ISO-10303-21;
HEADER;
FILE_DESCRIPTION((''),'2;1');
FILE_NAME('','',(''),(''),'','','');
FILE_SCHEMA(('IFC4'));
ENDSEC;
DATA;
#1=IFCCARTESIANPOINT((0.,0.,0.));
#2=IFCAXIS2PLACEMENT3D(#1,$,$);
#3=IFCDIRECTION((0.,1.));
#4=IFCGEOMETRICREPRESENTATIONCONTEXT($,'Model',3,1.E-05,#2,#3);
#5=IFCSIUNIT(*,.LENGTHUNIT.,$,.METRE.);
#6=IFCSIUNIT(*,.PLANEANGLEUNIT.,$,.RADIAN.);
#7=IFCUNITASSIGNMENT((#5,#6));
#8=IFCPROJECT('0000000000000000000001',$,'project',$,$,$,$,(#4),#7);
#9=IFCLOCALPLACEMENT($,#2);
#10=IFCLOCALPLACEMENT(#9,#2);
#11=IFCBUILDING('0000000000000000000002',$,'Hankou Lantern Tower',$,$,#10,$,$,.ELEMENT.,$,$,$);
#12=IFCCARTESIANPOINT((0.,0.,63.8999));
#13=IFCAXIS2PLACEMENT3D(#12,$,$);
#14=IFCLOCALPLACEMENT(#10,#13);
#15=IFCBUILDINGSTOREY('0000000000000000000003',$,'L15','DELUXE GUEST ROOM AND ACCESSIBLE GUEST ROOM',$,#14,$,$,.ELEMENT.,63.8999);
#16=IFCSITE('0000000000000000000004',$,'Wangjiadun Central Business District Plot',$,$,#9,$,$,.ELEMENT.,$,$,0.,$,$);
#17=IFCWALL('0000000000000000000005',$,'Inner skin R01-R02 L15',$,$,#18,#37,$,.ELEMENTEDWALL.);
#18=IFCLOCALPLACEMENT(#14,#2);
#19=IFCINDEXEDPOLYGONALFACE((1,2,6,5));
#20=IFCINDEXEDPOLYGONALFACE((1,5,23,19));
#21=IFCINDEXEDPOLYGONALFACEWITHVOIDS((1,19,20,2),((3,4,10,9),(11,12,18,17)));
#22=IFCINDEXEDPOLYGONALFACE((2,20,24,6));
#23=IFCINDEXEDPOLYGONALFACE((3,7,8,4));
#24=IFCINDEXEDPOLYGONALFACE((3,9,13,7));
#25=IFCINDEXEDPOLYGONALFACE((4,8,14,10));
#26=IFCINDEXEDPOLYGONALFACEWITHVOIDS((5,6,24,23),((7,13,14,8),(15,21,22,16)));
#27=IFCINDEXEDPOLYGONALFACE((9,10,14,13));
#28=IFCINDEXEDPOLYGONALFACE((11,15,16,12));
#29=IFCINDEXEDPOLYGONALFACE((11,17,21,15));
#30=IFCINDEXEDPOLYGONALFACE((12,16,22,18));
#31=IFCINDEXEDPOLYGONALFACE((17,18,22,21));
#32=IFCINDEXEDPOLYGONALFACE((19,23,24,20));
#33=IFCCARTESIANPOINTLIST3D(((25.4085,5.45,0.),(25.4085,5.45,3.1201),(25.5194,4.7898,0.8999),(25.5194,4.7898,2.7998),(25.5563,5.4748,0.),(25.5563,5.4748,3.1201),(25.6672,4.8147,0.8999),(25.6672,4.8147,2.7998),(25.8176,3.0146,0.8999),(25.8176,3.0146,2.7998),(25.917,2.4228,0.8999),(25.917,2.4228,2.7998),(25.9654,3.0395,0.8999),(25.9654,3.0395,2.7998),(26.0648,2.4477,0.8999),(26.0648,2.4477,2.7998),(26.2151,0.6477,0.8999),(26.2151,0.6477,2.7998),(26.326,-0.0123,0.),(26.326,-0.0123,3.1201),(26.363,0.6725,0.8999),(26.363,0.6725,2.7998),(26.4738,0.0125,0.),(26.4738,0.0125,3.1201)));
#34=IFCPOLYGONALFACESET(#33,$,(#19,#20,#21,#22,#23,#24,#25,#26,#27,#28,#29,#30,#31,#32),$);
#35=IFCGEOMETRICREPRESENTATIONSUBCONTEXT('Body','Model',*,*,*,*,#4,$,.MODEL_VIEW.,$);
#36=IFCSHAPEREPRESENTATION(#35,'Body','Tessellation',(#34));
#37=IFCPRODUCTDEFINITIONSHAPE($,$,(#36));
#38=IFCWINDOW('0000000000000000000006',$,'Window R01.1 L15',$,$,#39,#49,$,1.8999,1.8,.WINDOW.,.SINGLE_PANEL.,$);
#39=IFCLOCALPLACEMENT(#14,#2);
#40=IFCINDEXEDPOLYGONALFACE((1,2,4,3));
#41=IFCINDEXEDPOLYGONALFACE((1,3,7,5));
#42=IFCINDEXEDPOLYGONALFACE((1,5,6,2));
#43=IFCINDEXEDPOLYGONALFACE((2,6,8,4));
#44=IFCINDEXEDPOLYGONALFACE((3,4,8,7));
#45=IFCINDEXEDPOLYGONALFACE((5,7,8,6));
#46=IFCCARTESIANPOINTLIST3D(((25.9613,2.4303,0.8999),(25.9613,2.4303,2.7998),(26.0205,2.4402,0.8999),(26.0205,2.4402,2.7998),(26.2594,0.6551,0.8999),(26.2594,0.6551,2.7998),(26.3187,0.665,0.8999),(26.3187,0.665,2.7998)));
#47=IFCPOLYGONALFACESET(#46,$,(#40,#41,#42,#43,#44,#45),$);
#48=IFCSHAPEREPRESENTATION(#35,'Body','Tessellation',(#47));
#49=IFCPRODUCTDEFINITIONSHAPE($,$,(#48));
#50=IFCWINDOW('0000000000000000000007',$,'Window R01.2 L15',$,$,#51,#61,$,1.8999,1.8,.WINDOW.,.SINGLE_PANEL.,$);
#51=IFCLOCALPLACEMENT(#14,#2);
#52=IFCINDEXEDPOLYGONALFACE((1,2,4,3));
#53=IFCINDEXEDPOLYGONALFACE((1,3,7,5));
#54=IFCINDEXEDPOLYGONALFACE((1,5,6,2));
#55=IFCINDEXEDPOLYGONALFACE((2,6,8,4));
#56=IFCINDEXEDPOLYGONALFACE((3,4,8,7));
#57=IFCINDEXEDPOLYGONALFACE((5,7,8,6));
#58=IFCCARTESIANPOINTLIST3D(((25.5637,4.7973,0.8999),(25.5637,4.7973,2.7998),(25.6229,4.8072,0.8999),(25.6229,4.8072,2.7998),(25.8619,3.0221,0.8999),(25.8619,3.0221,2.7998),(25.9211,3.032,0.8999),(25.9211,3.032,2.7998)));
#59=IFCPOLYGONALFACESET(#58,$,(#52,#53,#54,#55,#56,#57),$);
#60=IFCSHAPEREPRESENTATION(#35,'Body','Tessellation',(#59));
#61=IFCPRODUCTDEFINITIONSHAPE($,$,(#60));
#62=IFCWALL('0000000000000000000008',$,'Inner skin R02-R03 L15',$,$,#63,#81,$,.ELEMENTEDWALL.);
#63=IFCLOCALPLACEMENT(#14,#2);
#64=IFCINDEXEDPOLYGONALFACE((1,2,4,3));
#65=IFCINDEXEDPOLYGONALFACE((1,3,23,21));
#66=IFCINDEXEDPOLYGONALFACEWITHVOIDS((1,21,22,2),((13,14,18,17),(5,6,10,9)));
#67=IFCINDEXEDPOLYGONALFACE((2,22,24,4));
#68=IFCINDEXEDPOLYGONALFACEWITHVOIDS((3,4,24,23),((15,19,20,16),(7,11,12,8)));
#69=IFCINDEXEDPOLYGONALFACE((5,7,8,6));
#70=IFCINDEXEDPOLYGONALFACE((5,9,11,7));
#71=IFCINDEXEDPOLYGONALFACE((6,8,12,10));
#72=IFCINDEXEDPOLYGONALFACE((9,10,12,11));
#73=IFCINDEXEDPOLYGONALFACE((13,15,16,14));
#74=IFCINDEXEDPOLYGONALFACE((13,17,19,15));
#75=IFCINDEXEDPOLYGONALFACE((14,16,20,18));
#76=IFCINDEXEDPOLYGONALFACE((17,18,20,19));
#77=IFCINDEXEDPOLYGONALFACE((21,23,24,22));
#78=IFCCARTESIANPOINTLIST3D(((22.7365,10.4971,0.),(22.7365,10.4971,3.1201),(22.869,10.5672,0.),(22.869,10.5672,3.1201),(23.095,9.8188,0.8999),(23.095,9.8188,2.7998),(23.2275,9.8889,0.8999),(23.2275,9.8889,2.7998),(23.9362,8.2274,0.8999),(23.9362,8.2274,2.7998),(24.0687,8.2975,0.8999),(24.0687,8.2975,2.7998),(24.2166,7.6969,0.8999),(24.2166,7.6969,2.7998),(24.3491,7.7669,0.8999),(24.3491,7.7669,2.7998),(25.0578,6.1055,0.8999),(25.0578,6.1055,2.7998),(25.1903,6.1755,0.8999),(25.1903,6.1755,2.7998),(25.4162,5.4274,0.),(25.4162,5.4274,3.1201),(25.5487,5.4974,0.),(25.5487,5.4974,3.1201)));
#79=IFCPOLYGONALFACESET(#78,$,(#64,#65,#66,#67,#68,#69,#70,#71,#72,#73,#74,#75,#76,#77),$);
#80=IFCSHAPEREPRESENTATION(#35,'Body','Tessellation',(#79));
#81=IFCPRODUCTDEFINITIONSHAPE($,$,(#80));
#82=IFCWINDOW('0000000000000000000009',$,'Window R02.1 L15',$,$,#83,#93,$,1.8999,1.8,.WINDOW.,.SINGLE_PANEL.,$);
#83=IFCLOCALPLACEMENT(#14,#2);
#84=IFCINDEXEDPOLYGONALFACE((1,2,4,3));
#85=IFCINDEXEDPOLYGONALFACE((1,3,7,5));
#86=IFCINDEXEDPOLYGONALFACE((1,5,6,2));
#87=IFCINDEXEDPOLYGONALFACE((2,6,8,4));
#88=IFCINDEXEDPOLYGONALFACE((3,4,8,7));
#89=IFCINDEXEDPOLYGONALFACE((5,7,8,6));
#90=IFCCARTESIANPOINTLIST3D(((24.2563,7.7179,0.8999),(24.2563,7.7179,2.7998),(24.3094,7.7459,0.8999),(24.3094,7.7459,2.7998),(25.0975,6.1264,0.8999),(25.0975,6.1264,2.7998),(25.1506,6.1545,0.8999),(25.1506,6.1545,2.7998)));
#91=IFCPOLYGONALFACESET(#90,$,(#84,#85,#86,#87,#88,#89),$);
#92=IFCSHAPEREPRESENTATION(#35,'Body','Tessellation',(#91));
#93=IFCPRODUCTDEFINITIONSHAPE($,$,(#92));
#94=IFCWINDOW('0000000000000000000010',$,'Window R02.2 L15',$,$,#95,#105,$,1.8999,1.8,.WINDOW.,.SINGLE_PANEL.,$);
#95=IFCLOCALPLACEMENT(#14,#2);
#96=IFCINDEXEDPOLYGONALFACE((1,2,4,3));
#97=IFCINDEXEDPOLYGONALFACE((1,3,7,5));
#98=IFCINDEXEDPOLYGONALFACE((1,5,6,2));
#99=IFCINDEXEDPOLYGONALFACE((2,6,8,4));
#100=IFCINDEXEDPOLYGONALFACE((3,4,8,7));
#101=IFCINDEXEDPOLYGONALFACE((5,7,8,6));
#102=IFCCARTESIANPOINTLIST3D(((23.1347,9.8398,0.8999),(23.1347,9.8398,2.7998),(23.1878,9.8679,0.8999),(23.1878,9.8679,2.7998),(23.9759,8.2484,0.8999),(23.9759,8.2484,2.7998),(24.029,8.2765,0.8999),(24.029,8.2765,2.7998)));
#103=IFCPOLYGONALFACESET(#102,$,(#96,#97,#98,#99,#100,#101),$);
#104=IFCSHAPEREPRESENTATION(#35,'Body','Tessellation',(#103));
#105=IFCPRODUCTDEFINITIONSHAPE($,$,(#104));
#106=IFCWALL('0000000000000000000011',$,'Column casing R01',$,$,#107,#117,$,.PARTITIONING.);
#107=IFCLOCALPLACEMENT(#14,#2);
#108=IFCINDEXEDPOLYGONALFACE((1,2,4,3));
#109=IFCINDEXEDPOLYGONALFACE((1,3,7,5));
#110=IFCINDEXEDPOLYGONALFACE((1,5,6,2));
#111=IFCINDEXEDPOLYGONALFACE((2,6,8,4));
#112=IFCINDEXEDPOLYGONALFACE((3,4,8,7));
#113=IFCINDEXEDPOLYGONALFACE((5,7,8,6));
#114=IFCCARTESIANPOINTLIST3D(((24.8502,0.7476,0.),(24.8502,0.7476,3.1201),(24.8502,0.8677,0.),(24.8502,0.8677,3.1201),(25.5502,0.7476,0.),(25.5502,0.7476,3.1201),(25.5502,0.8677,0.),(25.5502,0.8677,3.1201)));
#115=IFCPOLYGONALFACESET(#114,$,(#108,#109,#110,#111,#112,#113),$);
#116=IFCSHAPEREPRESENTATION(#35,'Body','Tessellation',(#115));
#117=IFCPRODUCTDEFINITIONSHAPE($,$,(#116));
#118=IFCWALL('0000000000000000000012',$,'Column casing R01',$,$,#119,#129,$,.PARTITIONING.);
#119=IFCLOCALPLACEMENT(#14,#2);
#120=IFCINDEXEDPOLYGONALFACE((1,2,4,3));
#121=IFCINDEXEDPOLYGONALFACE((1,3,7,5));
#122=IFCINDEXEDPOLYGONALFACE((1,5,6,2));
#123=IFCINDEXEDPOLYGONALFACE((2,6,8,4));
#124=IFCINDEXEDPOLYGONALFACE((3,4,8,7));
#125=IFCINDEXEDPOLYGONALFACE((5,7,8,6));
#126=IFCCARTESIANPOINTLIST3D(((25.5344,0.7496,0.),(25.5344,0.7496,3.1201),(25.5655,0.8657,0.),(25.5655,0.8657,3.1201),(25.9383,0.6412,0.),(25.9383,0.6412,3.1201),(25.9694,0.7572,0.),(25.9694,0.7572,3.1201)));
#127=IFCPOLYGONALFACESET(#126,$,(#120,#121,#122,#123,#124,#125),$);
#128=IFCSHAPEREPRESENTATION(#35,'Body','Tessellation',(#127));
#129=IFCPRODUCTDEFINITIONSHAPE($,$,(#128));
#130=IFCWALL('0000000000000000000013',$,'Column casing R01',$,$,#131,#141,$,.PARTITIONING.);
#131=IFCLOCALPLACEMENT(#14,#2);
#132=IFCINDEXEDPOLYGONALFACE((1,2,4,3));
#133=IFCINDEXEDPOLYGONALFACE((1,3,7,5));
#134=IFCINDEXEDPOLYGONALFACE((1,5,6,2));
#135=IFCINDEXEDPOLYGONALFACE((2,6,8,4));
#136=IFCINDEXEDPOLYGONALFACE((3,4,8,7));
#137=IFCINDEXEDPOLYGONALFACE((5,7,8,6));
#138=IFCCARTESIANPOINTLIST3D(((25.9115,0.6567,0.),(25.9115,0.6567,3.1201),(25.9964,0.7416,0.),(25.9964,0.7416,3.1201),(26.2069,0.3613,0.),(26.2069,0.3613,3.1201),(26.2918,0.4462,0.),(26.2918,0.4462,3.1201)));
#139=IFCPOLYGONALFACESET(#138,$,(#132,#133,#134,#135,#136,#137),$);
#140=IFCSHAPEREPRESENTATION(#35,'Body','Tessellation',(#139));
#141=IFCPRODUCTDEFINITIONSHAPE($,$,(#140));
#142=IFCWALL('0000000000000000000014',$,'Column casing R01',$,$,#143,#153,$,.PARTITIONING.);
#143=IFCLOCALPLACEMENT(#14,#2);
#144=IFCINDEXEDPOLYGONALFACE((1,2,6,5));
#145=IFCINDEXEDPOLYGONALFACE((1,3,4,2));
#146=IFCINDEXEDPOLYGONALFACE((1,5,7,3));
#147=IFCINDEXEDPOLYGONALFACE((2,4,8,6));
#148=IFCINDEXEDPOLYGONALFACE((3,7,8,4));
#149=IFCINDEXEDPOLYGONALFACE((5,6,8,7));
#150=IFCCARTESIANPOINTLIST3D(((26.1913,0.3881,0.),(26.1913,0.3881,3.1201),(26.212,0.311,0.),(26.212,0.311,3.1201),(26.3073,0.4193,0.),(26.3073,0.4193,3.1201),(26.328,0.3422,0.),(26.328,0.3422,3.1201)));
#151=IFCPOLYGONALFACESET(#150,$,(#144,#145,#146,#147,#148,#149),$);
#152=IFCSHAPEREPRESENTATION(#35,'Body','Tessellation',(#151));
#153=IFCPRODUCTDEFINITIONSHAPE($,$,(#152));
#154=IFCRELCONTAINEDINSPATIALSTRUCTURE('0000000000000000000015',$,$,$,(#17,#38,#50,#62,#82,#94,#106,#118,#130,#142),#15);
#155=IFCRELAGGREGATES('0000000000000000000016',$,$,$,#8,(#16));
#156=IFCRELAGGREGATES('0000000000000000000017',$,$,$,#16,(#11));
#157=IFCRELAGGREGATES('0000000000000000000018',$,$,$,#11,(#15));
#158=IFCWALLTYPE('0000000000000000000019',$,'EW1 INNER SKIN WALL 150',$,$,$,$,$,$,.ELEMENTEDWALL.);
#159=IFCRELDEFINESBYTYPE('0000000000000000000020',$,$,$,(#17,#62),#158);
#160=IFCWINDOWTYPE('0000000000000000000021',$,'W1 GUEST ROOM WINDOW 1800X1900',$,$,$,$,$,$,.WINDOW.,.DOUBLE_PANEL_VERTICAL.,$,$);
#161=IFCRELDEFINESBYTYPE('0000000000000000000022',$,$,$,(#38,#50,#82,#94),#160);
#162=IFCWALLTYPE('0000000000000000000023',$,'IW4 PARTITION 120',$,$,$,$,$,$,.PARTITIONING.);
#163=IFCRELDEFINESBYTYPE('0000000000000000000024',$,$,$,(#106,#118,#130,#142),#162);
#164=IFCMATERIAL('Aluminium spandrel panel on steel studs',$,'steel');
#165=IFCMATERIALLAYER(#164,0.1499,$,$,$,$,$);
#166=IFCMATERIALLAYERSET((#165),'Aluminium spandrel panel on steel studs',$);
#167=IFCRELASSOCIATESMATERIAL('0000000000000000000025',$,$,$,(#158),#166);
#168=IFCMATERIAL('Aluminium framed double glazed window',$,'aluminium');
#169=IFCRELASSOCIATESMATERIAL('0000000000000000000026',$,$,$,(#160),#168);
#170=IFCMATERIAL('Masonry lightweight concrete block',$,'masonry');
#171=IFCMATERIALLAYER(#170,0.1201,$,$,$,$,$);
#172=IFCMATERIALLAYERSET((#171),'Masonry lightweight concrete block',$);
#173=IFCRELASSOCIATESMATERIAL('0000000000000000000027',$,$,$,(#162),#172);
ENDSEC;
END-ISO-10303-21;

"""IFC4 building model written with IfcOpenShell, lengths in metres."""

from ifc_helpers import new_model, si_unit, direction, frame, frame_2d, origin, place, context, subcontext, project, spatial, rectangle, extrude, material, layer, layer_set, type_object, element, fill, save


model = new_model("IFC4")

# Units and contexts
model_context = context("Model", 3, precision=1e-05, world=origin(), true_north=direction((0.0, 1.0)))
body_context = subcontext(model_context, "Body", "Model", "MODEL_VIEW")
ifc_project = project(units=[si_unit("LENGTHUNIT", "METRE"), si_unit("PLANEANGLEUNIT", "RADIAN")], contexts=[model_context])

# Site, building, storey
site_placement = place(None, origin())
site = spatial("IfcSite", under=ifc_project, at=site_placement, Name="Wangjiadun Central Business District Plot", CompositionType="ELEMENT", RefElevation=0.0)
building_placement = place(site_placement, origin())
building = spatial("IfcBuilding", under=site, at=building_placement, Name="Hankou Lantern Tower", CompositionType="ELEMENT")
storey_placement = place(building_placement, frame((0.0, 0.0, 63.8999)))
storey = spatial("IfcBuildingStorey", under=building, at=storey_placement, Name="L15", Description="DELUXE GUEST ROOM AND ACCESSIBLE GUEST ROOM", CompositionType="ELEMENT", Elevation=63.8999)

# Walls, openings, windows
ifc_material_1 = material(Name="Aluminium spandrel panel on steel studs", Category="steel")
ifc_layer_1 = layer(ifc_material_1, 0.1499)
ifc_layer_set_1 = layer_set([ifc_layer_1], Name="Aluminium spandrel panel on steel studs")
wall_type_1 = type_object("IfcWallType", Name="EW1 INNER SKIN WALL 150", PredefinedType="ELEMENTEDWALL", material=ifc_layer_set_1)
wall_1_placement = place(storey_placement, frame((26.3999, 0.0, 0.0), z_axis=(0.0, 0.0, 1.0), x_axis=(-0.165643, 0.986186, 0.0)))
wall_1 = element("IfcWall", 1, at=wall_1_placement, inside=storey, type_object=wall_type_1, Name="Inner skin R01-R02 L15", PredefinedType="ELEMENTEDWALL", context=body_context, shape_type="SweptSolid", body=[
    extrude(rectangle(XDim=5.5388, YDim=0.1499, at=frame_2d((2.7695, 0.0))), origin(), (0.0, 0.0, 1.0), 3.1201),
])
opening_1_placement = place(wall_1_placement, frame((0.6694, 0.0, 0.8999)))
opening_1 = element("IfcOpeningElement", 2, at=opening_1_placement, cuts=wall_1, PredefinedType="OPENING", context=body_context, shape_type="SweptSolid", body=[
    extrude(rectangle(XDim=1.8, YDim=1.8999, at=frame_2d((0.8999, 0.95))), frame((0.0, 0.085, 0.0), z_axis=(0.0, -1.0, 0.0), x_axis=(1.0, 0.0, 0.0)), (0.0, 0.0, 1.0), 0.1699),
])
opening_2_placement = place(wall_1_placement, frame((3.0696, 0.0, 0.8999)))
opening_2 = element("IfcOpeningElement", 3, at=opening_2_placement, cuts=wall_1, PredefinedType="OPENING", context=body_context, shape_type="SweptSolid", body=[
    extrude(rectangle(XDim=1.8, YDim=1.8999, at=frame_2d((0.8999, 0.95))), frame((0.0, 0.085, 0.0), z_axis=(0.0, -1.0, 0.0), x_axis=(1.0, 0.0, 0.0)), (0.0, 0.0, 1.0), 0.1699),
])
ifc_material_2 = material(Name="Aluminium framed double glazed window", Category="aluminium")
window_type = type_object("IfcWindowType", Name="W1 GUEST ROOM WINDOW 1800X1900", PartitioningType="DOUBLE_PANEL_VERTICAL", PredefinedType="WINDOW", material=ifc_material_2)
window_1_placement = place(opening_1_placement, origin())
window_1 = element("IfcWindow", 4, at=window_1_placement, inside=storey, type_object=window_type, Name="Window R01.1 L15", OverallHeight=1.8999, OverallWidth=1.8, PartitioningType="SINGLE_PANEL", PredefinedType="WINDOW", context=body_context, shape_type="SweptSolid", body=[
    extrude(rectangle(XDim=1.8, YDim=1.8999, at=frame_2d((0.8999, 0.95))), frame((0.0, 0.03, 0.0), z_axis=(0.0, -1.0, 0.0), x_axis=(1.0, 0.0, 0.0)), (0.0, 0.0, 1.0), 0.0601),
])
fill(opening_1, window_1)
window_2_placement = place(opening_2_placement, origin())
window_2 = element("IfcWindow", 5, at=window_2_placement, inside=storey, type_object=window_type, Name="Window R01.2 L15", OverallHeight=1.8999, OverallWidth=1.8, PartitioningType="SINGLE_PANEL", PredefinedType="WINDOW", context=body_context, shape_type="SweptSolid", body=[
    extrude(rectangle(XDim=1.8, YDim=1.8999, at=frame_2d((0.8999, 0.95))), frame((0.0, 0.03, 0.0), z_axis=(0.0, -1.0, 0.0), x_axis=(1.0, 0.0, 0.0)), (0.0, 0.0, 1.0), 0.0601),
])
fill(opening_2, window_2)
wall_2_placement = place(storey_placement, frame((25.4824, 5.4624, 0.0), z_axis=(0.0, 0.0, 1.0), x_axis=(-0.467297, 0.8841, 0.0)))
wall_2 = element("IfcWall", 6, at=wall_2_placement, inside=storey, type_object=wall_type_1, Name="Inner skin R02-R03 L15", PredefinedType="ELEMENTEDWALL", context=body_context, shape_type="SweptSolid", body=[
    extrude(rectangle(XDim=5.7344, YDim=0.1499, at=frame_2d((2.8672, 0.0))), origin(), (0.0, 0.0, 1.0), 3.1201),
])
opening_3_placement = place(wall_2_placement, frame((0.7671, 0.0, 0.8999)))
opening_3 = element("IfcOpeningElement", 7, at=opening_3_placement, cuts=wall_2, PredefinedType="OPENING", context=body_context, shape_type="SweptSolid", body=[
    extrude(rectangle(XDim=1.8, YDim=1.8999, at=frame_2d((0.8999, 0.95))), frame((0.0, 0.085, 0.0), z_axis=(0.0, -1.0, 0.0), x_axis=(1.0, 0.0, 0.0)), (0.0, 0.0, 1.0), 0.1699),
])
opening_4_placement = place(wall_2_placement, frame((3.1672, 0.0, 0.8999)))
opening_4 = element("IfcOpeningElement", 8, at=opening_4_placement, cuts=wall_2, PredefinedType="OPENING", context=body_context, shape_type="SweptSolid", body=[
    extrude(rectangle(XDim=1.8, YDim=1.8999, at=frame_2d((0.8999, 0.95))), frame((0.0, 0.085, 0.0), z_axis=(0.0, -1.0, 0.0), x_axis=(1.0, 0.0, 0.0)), (0.0, 0.0, 1.0), 0.1699),
])
window_3_placement = place(opening_3_placement, origin())
window_3 = element("IfcWindow", 9, at=window_3_placement, inside=storey, type_object=window_type, Name="Window R02.1 L15", OverallHeight=1.8999, OverallWidth=1.8, PartitioningType="SINGLE_PANEL", PredefinedType="WINDOW", context=body_context, shape_type="SweptSolid", body=[
    extrude(rectangle(XDim=1.8, YDim=1.8999, at=frame_2d((0.8999, 0.95))), frame((0.0, 0.03, 0.0), z_axis=(0.0, -1.0, 0.0), x_axis=(1.0, 0.0, 0.0)), (0.0, 0.0, 1.0), 0.0601),
])
fill(opening_3, window_3)
window_4_placement = place(opening_4_placement, origin())
window_4 = element("IfcWindow", 10, at=window_4_placement, inside=storey, type_object=window_type, Name="Window R02.2 L15", OverallHeight=1.8999, OverallWidth=1.8, PartitioningType="SINGLE_PANEL", PredefinedType="WINDOW", context=body_context, shape_type="SweptSolid", body=[
    extrude(rectangle(XDim=1.8, YDim=1.8999, at=frame_2d((0.8999, 0.95))), frame((0.0, 0.03, 0.0), z_axis=(0.0, -1.0, 0.0), x_axis=(1.0, 0.0, 0.0)), (0.0, 0.0, 1.0), 0.0601),
])
fill(opening_4, window_4)

# Walls
ifc_material_3 = material(Name="Masonry lightweight concrete block", Category="masonry")
ifc_layer_2 = layer(ifc_material_3, 0.1201)
ifc_layer_set_2 = layer_set([ifc_layer_2], Name="Masonry lightweight concrete block")
wall_type_2 = type_object("IfcWallType", Name="IW4 PARTITION 120", PredefinedType="PARTITIONING", material=ifc_layer_set_2)
wall_3_placement = place(storey_placement, frame((24.8501, 0.8076, 0.0), z_axis=(0.0, 0.0, 1.0), x_axis=(1.0, 0.0, 0.0)))
element("IfcWall", 11, at=wall_3_placement, inside=storey, type_object=wall_type_2, Name="Column casing R01", PredefinedType="PARTITIONING", context=body_context, shape_type="SweptSolid", body=[
    extrude(rectangle(XDim=0.7, YDim=0.1201, at=frame_2d((0.3501, 0.0))), origin(), (0.0, 0.0, 1.0), 3.1201),
])
wall_4_placement = place(storey_placement, frame((25.55, 0.8076, 0.0), z_axis=(0.0, 0.0, 1.0), x_axis=(0.965807, -0.259261, 0.0)))
element("IfcWall", 12, at=wall_4_placement, inside=storey, type_object=wall_type_2, Name="Column casing R01", PredefinedType="PARTITIONING", context=body_context, shape_type="SweptSolid", body=[
    extrude(rectangle(XDim=0.4182, YDim=0.1201, at=frame_2d((0.209, 0.0))), origin(), (0.0, 0.0, 1.0), 3.1201),
])
wall_5_placement = place(storey_placement, frame((25.9539, 0.6992, 0.0), z_axis=(0.0, 0.0, 1.0), x_axis=(0.707107, -0.707107, 0.0)))
element("IfcWall", 13, at=wall_5_placement, inside=storey, type_object=wall_type_2, Name="Column casing R01", PredefinedType="PARTITIONING", context=body_context, shape_type="SweptSolid", body=[
    extrude(rectangle(XDim=0.4177, YDim=0.1201, at=frame_2d((0.209, 0.0))), origin(), (0.0, 0.0, 1.0), 3.1201),
])
wall_6_placement = place(storey_placement, frame((26.2493, 0.4038, 0.0), z_axis=(0.0, 0.0, 1.0), x_axis=(0.259754, -0.965675, 0.0)))
element("IfcWall", 14, at=wall_6_placement, inside=storey, type_object=wall_type_2, Name="Column casing R01", PredefinedType="PARTITIONING", context=body_context, shape_type="SweptSolid", body=[
    extrude(rectangle(XDim=0.0798, YDim=0.1201, at=frame_2d((0.04, 0.0))), origin(), (0.0, 0.0, 1.0), 3.1201),
])

save(model, "model.ifc")
